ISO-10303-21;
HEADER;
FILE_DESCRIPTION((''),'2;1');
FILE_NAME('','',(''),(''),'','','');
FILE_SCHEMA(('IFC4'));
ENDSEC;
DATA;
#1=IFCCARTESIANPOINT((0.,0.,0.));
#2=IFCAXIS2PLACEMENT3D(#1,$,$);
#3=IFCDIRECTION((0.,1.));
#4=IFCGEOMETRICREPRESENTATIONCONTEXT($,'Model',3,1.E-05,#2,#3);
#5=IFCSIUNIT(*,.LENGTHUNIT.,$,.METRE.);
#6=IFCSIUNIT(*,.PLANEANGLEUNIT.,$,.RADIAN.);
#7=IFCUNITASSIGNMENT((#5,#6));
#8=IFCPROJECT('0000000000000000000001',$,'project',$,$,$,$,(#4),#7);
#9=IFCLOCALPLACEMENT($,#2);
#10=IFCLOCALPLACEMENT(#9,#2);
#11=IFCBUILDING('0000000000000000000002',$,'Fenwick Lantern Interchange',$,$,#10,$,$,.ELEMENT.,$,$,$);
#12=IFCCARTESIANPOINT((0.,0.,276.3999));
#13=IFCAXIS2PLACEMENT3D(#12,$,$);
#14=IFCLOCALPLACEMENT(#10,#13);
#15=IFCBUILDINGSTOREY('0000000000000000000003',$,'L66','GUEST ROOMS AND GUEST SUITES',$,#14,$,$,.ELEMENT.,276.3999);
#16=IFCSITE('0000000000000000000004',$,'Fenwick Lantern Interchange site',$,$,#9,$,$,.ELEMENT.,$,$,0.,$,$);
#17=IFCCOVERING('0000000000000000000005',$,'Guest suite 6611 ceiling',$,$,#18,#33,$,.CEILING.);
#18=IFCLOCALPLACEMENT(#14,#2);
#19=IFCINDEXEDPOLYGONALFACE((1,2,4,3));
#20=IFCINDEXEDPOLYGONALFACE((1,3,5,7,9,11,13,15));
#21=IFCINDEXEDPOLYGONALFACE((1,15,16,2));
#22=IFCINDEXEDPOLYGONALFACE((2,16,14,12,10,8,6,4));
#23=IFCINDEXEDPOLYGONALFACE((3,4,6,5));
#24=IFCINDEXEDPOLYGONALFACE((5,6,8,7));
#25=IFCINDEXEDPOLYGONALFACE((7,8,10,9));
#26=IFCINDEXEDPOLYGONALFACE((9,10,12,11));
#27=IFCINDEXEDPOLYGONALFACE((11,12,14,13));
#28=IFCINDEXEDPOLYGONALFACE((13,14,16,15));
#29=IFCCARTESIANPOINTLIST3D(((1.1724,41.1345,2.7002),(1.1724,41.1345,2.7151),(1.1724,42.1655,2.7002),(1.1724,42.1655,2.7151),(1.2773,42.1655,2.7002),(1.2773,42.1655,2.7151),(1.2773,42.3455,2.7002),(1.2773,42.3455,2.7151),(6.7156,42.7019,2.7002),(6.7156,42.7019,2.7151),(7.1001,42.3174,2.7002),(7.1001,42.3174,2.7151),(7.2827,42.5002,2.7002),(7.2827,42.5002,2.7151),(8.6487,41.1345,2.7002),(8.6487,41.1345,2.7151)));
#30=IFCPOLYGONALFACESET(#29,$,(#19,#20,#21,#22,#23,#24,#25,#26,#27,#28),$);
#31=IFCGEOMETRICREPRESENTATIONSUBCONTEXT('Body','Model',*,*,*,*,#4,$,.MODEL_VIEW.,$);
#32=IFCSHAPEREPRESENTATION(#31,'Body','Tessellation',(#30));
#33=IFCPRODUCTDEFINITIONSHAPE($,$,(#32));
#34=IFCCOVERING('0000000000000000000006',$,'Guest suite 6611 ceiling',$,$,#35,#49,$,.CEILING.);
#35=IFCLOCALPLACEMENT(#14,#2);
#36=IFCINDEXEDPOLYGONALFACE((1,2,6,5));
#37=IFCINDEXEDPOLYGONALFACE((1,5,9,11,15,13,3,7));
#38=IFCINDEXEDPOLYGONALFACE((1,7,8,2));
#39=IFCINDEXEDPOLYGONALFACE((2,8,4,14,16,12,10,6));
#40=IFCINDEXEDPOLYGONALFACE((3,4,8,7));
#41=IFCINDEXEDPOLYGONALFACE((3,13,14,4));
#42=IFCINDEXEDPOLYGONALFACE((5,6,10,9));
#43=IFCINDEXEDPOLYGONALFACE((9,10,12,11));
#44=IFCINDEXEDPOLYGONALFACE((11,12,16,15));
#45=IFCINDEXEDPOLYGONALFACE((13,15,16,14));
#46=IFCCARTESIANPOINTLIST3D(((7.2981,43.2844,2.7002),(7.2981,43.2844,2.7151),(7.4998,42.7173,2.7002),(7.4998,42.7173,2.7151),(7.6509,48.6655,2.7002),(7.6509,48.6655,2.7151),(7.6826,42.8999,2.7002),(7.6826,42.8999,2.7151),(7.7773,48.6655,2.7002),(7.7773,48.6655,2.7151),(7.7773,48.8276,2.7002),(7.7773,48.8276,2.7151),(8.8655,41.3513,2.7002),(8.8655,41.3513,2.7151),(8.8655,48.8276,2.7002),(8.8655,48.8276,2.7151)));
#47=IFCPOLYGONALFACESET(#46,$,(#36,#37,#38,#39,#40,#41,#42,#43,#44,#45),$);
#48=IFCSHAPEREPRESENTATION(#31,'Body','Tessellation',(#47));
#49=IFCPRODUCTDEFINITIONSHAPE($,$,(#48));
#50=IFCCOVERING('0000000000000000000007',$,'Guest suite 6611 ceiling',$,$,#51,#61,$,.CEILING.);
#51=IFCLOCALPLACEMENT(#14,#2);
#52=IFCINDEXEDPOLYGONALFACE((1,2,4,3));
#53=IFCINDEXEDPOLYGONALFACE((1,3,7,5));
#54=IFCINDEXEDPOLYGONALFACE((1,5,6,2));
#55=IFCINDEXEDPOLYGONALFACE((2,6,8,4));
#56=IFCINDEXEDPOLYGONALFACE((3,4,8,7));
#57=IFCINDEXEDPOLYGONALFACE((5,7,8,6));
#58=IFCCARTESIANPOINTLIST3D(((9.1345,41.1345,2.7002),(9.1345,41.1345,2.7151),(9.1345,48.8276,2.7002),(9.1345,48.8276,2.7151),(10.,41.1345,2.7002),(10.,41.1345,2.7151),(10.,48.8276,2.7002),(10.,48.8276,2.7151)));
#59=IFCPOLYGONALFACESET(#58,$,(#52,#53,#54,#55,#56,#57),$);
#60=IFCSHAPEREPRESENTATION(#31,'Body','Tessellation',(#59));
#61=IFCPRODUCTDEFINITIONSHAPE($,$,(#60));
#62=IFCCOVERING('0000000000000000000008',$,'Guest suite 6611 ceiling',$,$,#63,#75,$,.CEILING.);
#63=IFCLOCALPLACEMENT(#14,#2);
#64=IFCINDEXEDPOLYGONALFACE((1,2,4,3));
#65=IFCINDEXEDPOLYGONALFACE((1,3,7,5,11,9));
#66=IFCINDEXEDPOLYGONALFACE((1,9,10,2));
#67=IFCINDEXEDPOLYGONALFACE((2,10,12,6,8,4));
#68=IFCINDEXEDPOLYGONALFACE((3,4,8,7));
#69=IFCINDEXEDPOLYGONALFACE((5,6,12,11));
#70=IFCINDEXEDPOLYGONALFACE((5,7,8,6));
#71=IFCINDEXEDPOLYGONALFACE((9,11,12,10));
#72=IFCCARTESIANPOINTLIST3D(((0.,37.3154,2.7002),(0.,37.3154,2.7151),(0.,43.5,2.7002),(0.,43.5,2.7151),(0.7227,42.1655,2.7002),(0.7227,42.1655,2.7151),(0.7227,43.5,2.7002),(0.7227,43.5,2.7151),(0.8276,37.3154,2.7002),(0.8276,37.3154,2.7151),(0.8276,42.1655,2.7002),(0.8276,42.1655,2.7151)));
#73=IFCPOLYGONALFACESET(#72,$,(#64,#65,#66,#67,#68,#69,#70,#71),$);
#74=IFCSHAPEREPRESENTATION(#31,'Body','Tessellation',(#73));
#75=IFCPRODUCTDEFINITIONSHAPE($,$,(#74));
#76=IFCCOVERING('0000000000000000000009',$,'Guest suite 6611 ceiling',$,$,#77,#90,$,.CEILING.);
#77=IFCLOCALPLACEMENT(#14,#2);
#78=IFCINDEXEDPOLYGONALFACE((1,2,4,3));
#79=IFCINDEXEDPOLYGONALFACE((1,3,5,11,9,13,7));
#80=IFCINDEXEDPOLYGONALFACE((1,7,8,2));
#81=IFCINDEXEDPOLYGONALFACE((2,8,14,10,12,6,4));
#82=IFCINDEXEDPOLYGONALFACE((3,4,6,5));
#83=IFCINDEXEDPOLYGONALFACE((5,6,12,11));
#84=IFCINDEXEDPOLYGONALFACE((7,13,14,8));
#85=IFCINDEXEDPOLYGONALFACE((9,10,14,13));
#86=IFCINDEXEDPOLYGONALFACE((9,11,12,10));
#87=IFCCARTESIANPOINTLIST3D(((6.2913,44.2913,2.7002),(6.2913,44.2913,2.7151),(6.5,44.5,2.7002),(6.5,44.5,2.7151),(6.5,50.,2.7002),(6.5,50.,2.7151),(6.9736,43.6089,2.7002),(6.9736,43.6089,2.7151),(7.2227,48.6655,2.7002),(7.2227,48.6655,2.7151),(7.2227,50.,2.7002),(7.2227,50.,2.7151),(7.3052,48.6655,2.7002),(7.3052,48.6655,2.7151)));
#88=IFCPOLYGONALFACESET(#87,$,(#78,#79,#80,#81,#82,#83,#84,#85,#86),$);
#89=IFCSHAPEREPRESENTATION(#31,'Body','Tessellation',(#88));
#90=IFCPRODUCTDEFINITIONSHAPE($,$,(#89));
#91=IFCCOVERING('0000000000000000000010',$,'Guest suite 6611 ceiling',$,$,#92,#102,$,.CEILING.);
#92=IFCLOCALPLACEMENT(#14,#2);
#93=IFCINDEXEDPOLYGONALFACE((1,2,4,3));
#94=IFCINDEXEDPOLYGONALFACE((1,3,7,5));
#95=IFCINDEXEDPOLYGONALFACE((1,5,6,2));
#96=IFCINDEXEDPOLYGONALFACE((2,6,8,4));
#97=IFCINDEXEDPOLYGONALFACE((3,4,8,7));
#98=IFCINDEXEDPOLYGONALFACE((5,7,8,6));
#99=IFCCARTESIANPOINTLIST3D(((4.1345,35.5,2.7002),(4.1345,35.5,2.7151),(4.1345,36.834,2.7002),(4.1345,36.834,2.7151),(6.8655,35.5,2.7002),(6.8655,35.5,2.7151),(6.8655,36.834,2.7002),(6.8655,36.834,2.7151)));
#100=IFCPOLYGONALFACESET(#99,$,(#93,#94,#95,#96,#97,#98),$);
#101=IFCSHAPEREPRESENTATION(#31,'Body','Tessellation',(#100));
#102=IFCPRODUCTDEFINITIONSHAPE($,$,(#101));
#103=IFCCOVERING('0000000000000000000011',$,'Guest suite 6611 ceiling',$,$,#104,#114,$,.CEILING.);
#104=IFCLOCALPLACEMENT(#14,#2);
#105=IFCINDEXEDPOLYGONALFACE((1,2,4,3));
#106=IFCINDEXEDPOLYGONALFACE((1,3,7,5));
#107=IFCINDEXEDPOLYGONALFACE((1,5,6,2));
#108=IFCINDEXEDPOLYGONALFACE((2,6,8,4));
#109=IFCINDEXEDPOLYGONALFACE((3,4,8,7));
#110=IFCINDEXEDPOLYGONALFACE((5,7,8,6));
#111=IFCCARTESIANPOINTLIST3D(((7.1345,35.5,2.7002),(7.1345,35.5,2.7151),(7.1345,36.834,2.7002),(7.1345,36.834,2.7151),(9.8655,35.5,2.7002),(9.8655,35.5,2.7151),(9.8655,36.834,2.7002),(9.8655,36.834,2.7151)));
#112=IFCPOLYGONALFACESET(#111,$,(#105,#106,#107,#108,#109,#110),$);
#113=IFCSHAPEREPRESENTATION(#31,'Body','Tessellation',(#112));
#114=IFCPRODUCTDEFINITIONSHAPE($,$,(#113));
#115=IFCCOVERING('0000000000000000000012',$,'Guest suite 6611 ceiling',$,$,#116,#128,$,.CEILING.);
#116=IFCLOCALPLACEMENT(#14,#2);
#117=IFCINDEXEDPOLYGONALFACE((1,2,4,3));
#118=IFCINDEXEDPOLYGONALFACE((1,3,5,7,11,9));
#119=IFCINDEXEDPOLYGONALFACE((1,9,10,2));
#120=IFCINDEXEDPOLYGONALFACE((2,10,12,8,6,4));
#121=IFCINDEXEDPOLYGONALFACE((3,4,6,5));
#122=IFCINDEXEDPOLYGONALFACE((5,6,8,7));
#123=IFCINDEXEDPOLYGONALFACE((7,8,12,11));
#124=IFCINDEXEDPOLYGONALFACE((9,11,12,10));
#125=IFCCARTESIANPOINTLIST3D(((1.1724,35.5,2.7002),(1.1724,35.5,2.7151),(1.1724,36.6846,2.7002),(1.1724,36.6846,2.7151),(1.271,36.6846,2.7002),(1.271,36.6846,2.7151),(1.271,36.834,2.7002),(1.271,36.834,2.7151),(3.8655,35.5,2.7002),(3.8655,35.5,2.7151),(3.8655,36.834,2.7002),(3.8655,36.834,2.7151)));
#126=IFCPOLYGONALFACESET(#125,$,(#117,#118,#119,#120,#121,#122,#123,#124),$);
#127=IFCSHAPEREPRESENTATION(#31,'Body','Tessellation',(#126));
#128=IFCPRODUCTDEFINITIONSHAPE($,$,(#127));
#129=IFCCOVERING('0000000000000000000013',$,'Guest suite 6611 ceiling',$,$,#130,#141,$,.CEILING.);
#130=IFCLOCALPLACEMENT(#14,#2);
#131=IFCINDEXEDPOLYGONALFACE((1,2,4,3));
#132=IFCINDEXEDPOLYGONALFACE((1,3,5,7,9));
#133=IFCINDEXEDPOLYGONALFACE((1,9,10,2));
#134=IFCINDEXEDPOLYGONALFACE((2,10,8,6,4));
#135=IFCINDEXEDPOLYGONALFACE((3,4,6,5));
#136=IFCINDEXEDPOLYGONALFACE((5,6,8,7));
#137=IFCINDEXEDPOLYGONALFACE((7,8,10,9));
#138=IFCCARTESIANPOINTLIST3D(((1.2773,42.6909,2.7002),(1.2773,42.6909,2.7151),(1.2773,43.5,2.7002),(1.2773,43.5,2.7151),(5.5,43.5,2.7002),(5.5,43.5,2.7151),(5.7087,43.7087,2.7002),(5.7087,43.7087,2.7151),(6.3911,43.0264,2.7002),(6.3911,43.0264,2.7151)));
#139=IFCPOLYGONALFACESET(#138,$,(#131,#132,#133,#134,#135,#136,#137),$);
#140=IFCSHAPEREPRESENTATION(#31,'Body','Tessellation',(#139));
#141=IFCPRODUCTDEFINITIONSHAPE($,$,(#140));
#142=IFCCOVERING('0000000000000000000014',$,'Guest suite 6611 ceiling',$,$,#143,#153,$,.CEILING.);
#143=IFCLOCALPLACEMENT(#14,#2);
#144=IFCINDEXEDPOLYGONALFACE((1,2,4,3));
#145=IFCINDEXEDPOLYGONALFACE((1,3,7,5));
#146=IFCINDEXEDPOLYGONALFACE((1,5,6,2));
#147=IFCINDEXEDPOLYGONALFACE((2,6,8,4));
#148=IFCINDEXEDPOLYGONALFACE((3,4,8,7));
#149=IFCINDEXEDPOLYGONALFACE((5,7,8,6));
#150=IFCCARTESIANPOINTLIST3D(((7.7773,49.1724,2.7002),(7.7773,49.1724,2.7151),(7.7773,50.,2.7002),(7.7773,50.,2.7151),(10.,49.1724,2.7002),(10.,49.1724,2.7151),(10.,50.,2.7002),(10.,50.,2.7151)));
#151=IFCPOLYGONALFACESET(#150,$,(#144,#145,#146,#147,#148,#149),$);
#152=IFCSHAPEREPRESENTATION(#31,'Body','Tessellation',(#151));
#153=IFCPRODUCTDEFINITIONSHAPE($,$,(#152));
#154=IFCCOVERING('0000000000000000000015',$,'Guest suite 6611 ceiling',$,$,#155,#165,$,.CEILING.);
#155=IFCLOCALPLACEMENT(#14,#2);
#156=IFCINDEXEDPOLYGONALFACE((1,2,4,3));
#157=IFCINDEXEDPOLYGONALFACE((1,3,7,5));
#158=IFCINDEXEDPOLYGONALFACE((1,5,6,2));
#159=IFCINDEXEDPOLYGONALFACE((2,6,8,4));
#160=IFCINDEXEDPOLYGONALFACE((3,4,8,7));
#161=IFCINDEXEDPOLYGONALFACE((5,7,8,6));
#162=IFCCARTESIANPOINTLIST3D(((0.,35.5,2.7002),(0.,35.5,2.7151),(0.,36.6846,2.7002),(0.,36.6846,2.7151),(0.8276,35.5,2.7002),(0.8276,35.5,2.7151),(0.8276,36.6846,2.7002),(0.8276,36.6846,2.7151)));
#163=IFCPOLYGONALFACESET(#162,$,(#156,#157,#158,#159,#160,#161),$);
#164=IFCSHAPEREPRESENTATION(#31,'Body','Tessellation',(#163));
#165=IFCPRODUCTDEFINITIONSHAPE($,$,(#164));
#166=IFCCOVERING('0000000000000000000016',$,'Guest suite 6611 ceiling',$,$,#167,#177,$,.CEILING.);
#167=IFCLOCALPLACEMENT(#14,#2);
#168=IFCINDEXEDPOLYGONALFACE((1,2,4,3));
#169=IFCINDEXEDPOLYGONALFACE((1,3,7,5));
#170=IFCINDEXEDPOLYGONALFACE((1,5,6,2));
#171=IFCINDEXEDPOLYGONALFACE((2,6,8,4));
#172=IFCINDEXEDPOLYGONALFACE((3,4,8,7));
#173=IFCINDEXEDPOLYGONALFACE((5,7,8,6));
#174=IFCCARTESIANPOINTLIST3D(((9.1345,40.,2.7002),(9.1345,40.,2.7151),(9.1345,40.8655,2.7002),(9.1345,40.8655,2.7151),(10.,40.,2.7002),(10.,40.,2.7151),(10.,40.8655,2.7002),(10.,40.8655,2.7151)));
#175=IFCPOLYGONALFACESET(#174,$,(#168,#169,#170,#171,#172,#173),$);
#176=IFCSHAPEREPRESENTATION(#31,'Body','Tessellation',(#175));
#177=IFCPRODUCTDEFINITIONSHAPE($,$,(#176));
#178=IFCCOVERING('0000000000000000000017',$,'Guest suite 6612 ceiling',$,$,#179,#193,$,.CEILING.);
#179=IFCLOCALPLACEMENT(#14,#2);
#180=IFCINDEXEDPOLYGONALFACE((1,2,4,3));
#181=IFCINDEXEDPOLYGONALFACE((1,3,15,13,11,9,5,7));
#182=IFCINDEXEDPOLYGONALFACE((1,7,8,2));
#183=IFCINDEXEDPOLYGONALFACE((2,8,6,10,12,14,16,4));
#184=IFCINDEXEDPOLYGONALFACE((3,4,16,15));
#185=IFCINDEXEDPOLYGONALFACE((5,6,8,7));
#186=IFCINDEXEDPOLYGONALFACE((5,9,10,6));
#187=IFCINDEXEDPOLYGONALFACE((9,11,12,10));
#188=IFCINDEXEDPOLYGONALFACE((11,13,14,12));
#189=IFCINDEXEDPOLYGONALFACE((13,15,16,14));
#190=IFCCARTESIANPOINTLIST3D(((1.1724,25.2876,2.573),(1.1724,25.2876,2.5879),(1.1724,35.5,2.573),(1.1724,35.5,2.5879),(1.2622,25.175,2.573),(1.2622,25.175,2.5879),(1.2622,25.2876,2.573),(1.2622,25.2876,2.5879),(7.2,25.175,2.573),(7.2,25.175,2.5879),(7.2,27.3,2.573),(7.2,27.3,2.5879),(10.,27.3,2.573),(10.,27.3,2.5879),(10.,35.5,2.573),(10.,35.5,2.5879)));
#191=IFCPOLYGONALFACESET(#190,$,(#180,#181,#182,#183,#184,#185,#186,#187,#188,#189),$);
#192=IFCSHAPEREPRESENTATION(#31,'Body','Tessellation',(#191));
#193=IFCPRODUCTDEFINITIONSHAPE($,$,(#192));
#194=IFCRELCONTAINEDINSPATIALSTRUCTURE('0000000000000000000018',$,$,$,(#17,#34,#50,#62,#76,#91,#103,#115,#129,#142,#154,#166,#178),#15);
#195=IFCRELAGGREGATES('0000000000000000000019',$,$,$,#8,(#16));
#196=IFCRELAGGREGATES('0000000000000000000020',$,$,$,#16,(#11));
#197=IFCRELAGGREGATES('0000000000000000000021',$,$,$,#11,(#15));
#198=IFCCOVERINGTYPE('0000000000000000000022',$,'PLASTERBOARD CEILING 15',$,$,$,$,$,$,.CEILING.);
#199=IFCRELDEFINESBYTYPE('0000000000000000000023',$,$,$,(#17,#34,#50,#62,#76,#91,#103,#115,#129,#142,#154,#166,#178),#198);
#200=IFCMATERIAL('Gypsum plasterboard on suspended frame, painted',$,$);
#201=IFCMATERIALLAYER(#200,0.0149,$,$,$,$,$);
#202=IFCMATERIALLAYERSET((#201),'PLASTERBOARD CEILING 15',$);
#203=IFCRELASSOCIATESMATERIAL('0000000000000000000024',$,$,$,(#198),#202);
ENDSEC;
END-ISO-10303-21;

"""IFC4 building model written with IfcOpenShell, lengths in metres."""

from ifc_helpers import new_model, si_unit, direction, frame, origin, place, context, subcontext, project, spatial, polyline, outline, extrude, material, layer, layer_set, type_object, element, save


model = new_model("IFC4")

# Units and contexts
model_context = context("Model", 3, precision=1e-05, world=origin(), true_north=direction((0.0, 1.0)))
body_context = subcontext(model_context, "Body", "Model", "MODEL_VIEW")
ifc_project = project(units=[si_unit("LENGTHUNIT", "METRE"), si_unit("PLANEANGLEUNIT", "RADIAN")], contexts=[model_context])

# Site, building, storey
site_placement = place(None, origin())
site = spatial("IfcSite", under=ifc_project, at=site_placement, Name="Fenwick Lantern Interchange site", CompositionType="ELEMENT", RefElevation=0.0)
building_placement = place(site_placement, origin())
building = spatial("IfcBuilding", under=site, at=building_placement, Name="Fenwick Lantern Interchange", CompositionType="ELEMENT")
storey_placement = place(building_placement, frame((0.0, 0.0, 276.3999)))
storey = spatial("IfcBuildingStorey", under=building, at=storey_placement, Name="L66", Description="GUEST ROOMS AND GUEST SUITES", CompositionType="ELEMENT", Elevation=276.3999)

# Coverings
ifc_material_1 = material(Name="Gypsum plasterboard on suspended frame, painted")
ifc_layer_1 = layer(ifc_material_1, 0.0149)
ifc_layer_set_1 = layer_set([ifc_layer_1], Name="PLASTERBOARD CEILING 15")
covering_type_1 = type_object("IfcCoveringType", Name="PLASTERBOARD CEILING 15", PredefinedType="CEILING", material=ifc_layer_set_1)
covering_1_placement = place(storey_placement, frame((0.0, 0.0, 2.7002)))
element("IfcCovering", 1, at=covering_1_placement, inside=storey, type_object=covering_type_1, Name="Guest suite 6611 ceiling", PredefinedType="CEILING", context=body_context, shape_type="SweptSolid", body=[
    extrude(outline(polyline([(1.2773, 42.1655), (1.1724, 42.1655), (1.1724, 41.1345), (8.6487, 41.1345), (7.2827, 42.5002), (7.1001, 42.3174), (6.7156, 42.7019), (1.2773, 42.3455), (1.2773, 42.1655)])), origin(), (0.0, 0.0, 1.0), 0.0149),
])
covering_2_placement = place(storey_placement, frame((0.0, 0.0, 2.7002)))
element("IfcCovering", 2, at=covering_2_placement, inside=storey, type_object=covering_type_1, Name="Guest suite 6611 ceiling", PredefinedType="CEILING", context=body_context, shape_type="SweptSolid", body=[
    extrude(outline(polyline([(7.7773, 48.6655), (7.6509, 48.6655), (7.2981, 43.2844), (7.6826, 42.8999), (7.4998, 42.7173), (8.8655, 41.3513), (8.8655, 48.8276), (7.7773, 48.8276), (7.7773, 48.6655)])), origin(), (0.0, 0.0, 1.0), 0.0149),
])
covering_3_placement = place(storey_placement, frame((0.0, 0.0, 2.7002)))
element("IfcCovering", 3, at=covering_3_placement, inside=storey, type_object=covering_type_1, Name="Guest suite 6611 ceiling", PredefinedType="CEILING", context=body_context, shape_type="SweptSolid", body=[
    extrude(outline(polyline([(10.0, 41.1345), (10.0, 48.8276), (9.1345, 48.8276), (9.1345, 41.1345), (10.0, 41.1345)])), origin(), (0.0, 0.0, 1.0), 0.0149),
])
covering_4_placement = place(storey_placement, frame((0.0, 0.0, 2.7002)))
element("IfcCovering", 4, at=covering_4_placement, inside=storey, type_object=covering_type_1, Name="Guest suite 6611 ceiling", PredefinedType="CEILING", context=body_context, shape_type="SweptSolid", body=[
    extrude(outline(polyline([(0.0, 37.3154), (0.8276, 37.3154), (0.8276, 42.1655), (0.7227, 42.1655), (0.7227, 43.5), (0.0, 43.5), (0.0, 37.3154)])), origin(), (0.0, 0.0, 1.0), 0.0149),
])
covering_5_placement = place(storey_placement, frame((0.0, 0.0, 2.7002)))
element("IfcCovering", 5, at=covering_5_placement, inside=storey, type_object=covering_type_1, Name="Guest suite 6611 ceiling", PredefinedType="CEILING", context=body_context, shape_type="SweptSolid", body=[
    extrude(outline(polyline([(7.3052, 48.6655), (7.2227, 48.6655), (7.2227, 50.0), (6.5, 50.0), (6.5, 44.5), (6.2913, 44.2913), (6.9736, 43.6089), (7.3052, 48.6655)])), origin(), (0.0, 0.0, 1.0), 0.0149),
])
covering_6_placement = place(storey_placement, frame((0.0, 0.0, 2.7002)))
element("IfcCovering", 6, at=covering_6_placement, inside=storey, type_object=covering_type_1, Name="Guest suite 6611 ceiling", PredefinedType="CEILING", context=body_context, shape_type="SweptSolid", body=[
    extrude(outline(polyline([(4.1345, 35.5), (6.8655, 35.5), (6.8655, 36.834), (4.1345, 36.834), (4.1345, 35.5)])), origin(), (0.0, 0.0, 1.0), 0.0149),
])
covering_7_placement = place(storey_placement, frame((0.0, 0.0, 2.7002)))
element("IfcCovering", 7, at=covering_7_placement, inside=storey, type_object=covering_type_1, Name="Guest suite 6611 ceiling", PredefinedType="CEILING", context=body_context, shape_type="SweptSolid", body=[
    extrude(outline(polyline([(7.1345, 35.5), (9.8655, 35.5), (9.8655, 36.834), (7.1345, 36.834), (7.1345, 35.5)])), origin(), (0.0, 0.0, 1.0), 0.0149),
])
covering_8_placement = place(storey_placement, frame((0.0, 0.0, 2.7002)))
element("IfcCovering", 8, at=covering_8_placement, inside=storey, type_object=covering_type_1, Name="Guest suite 6611 ceiling", PredefinedType="CEILING", context=body_context, shape_type="SweptSolid", body=[
    extrude(outline(polyline([(1.1724, 35.5), (3.8655, 35.5), (3.8655, 36.834), (1.271, 36.834), (1.271, 36.6846), (1.1724, 36.6846), (1.1724, 35.5)])), origin(), (0.0, 0.0, 1.0), 0.0149),
])
covering_9_placement = place(storey_placement, frame((0.0, 0.0, 2.7002)))
element("IfcCovering", 9, at=covering_9_placement, inside=storey, type_object=covering_type_1, Name="Guest suite 6611 ceiling", PredefinedType="CEILING", context=body_context, shape_type="SweptSolid", body=[
    extrude(outline(polyline([(1.2773, 43.5), (1.2773, 42.6909), (6.3911, 43.0264), (5.7087, 43.7087), (5.5, 43.5), (1.2773, 43.5)])), origin(), (0.0, 0.0, 1.0), 0.0149),
])
covering_10_placement = place(storey_placement, frame((0.0, 0.0, 2.7002)))
element("IfcCovering", 10, at=covering_10_placement, inside=storey, type_object=covering_type_1, Name="Guest suite 6611 ceiling", PredefinedType="CEILING", context=body_context, shape_type="SweptSolid", body=[
    extrude(outline(polyline([(7.7773, 50.0), (7.7773, 49.1724), (10.0, 49.1724), (10.0, 50.0), (7.7773, 50.0)])), origin(), (0.0, 0.0, 1.0), 0.0149),
])
covering_11_placement = place(storey_placement, frame((0.0, 0.0, 2.7002)))
element("IfcCovering", 11, at=covering_11_placement, inside=storey, type_object=covering_type_1, Name="Guest suite 6611 ceiling", PredefinedType="CEILING", context=body_context, shape_type="SweptSolid", body=[
    extrude(outline(polyline([(0.0, 35.5), (0.8276, 35.5), (0.8276, 36.6846), (0.0, 36.6846), (0.0, 35.5)])), origin(), (0.0, 0.0, 1.0), 0.0149),
])
covering_12_placement = place(storey_placement, frame((0.0, 0.0, 2.7002)))
element("IfcCovering", 12, at=covering_12_placement, inside=storey, type_object=covering_type_1, Name="Guest suite 6611 ceiling", PredefinedType="CEILING", context=body_context, shape_type="SweptSolid", body=[
    extrude(outline(polyline([(10.0, 40.0), (10.0, 40.8655), (9.1345, 40.8655), (9.1345, 40.0), (10.0, 40.0)])), origin(), (0.0, 0.0, 1.0), 0.0149),
])
covering_13_placement = place(storey_placement, frame((0.0, 0.0, 2.573)))
element("IfcCovering", 13, at=covering_13_placement, inside=storey, type_object=covering_type_1, Name="Guest suite 6612 ceiling", PredefinedType="CEILING", context=body_context, shape_type="SweptSolid", body=[
    extrude(outline(polyline([(1.2622, 25.2876), (1.2622, 25.175), (7.2, 25.175), (7.2, 27.3), (10.0, 27.3), (10.0, 35.5), (1.1724, 35.5), (1.1724, 25.2876), (1.2622, 25.2876)])), origin(), (0.0, 0.0, 1.0), 0.0149),
])

save(model, "model.ifc")
